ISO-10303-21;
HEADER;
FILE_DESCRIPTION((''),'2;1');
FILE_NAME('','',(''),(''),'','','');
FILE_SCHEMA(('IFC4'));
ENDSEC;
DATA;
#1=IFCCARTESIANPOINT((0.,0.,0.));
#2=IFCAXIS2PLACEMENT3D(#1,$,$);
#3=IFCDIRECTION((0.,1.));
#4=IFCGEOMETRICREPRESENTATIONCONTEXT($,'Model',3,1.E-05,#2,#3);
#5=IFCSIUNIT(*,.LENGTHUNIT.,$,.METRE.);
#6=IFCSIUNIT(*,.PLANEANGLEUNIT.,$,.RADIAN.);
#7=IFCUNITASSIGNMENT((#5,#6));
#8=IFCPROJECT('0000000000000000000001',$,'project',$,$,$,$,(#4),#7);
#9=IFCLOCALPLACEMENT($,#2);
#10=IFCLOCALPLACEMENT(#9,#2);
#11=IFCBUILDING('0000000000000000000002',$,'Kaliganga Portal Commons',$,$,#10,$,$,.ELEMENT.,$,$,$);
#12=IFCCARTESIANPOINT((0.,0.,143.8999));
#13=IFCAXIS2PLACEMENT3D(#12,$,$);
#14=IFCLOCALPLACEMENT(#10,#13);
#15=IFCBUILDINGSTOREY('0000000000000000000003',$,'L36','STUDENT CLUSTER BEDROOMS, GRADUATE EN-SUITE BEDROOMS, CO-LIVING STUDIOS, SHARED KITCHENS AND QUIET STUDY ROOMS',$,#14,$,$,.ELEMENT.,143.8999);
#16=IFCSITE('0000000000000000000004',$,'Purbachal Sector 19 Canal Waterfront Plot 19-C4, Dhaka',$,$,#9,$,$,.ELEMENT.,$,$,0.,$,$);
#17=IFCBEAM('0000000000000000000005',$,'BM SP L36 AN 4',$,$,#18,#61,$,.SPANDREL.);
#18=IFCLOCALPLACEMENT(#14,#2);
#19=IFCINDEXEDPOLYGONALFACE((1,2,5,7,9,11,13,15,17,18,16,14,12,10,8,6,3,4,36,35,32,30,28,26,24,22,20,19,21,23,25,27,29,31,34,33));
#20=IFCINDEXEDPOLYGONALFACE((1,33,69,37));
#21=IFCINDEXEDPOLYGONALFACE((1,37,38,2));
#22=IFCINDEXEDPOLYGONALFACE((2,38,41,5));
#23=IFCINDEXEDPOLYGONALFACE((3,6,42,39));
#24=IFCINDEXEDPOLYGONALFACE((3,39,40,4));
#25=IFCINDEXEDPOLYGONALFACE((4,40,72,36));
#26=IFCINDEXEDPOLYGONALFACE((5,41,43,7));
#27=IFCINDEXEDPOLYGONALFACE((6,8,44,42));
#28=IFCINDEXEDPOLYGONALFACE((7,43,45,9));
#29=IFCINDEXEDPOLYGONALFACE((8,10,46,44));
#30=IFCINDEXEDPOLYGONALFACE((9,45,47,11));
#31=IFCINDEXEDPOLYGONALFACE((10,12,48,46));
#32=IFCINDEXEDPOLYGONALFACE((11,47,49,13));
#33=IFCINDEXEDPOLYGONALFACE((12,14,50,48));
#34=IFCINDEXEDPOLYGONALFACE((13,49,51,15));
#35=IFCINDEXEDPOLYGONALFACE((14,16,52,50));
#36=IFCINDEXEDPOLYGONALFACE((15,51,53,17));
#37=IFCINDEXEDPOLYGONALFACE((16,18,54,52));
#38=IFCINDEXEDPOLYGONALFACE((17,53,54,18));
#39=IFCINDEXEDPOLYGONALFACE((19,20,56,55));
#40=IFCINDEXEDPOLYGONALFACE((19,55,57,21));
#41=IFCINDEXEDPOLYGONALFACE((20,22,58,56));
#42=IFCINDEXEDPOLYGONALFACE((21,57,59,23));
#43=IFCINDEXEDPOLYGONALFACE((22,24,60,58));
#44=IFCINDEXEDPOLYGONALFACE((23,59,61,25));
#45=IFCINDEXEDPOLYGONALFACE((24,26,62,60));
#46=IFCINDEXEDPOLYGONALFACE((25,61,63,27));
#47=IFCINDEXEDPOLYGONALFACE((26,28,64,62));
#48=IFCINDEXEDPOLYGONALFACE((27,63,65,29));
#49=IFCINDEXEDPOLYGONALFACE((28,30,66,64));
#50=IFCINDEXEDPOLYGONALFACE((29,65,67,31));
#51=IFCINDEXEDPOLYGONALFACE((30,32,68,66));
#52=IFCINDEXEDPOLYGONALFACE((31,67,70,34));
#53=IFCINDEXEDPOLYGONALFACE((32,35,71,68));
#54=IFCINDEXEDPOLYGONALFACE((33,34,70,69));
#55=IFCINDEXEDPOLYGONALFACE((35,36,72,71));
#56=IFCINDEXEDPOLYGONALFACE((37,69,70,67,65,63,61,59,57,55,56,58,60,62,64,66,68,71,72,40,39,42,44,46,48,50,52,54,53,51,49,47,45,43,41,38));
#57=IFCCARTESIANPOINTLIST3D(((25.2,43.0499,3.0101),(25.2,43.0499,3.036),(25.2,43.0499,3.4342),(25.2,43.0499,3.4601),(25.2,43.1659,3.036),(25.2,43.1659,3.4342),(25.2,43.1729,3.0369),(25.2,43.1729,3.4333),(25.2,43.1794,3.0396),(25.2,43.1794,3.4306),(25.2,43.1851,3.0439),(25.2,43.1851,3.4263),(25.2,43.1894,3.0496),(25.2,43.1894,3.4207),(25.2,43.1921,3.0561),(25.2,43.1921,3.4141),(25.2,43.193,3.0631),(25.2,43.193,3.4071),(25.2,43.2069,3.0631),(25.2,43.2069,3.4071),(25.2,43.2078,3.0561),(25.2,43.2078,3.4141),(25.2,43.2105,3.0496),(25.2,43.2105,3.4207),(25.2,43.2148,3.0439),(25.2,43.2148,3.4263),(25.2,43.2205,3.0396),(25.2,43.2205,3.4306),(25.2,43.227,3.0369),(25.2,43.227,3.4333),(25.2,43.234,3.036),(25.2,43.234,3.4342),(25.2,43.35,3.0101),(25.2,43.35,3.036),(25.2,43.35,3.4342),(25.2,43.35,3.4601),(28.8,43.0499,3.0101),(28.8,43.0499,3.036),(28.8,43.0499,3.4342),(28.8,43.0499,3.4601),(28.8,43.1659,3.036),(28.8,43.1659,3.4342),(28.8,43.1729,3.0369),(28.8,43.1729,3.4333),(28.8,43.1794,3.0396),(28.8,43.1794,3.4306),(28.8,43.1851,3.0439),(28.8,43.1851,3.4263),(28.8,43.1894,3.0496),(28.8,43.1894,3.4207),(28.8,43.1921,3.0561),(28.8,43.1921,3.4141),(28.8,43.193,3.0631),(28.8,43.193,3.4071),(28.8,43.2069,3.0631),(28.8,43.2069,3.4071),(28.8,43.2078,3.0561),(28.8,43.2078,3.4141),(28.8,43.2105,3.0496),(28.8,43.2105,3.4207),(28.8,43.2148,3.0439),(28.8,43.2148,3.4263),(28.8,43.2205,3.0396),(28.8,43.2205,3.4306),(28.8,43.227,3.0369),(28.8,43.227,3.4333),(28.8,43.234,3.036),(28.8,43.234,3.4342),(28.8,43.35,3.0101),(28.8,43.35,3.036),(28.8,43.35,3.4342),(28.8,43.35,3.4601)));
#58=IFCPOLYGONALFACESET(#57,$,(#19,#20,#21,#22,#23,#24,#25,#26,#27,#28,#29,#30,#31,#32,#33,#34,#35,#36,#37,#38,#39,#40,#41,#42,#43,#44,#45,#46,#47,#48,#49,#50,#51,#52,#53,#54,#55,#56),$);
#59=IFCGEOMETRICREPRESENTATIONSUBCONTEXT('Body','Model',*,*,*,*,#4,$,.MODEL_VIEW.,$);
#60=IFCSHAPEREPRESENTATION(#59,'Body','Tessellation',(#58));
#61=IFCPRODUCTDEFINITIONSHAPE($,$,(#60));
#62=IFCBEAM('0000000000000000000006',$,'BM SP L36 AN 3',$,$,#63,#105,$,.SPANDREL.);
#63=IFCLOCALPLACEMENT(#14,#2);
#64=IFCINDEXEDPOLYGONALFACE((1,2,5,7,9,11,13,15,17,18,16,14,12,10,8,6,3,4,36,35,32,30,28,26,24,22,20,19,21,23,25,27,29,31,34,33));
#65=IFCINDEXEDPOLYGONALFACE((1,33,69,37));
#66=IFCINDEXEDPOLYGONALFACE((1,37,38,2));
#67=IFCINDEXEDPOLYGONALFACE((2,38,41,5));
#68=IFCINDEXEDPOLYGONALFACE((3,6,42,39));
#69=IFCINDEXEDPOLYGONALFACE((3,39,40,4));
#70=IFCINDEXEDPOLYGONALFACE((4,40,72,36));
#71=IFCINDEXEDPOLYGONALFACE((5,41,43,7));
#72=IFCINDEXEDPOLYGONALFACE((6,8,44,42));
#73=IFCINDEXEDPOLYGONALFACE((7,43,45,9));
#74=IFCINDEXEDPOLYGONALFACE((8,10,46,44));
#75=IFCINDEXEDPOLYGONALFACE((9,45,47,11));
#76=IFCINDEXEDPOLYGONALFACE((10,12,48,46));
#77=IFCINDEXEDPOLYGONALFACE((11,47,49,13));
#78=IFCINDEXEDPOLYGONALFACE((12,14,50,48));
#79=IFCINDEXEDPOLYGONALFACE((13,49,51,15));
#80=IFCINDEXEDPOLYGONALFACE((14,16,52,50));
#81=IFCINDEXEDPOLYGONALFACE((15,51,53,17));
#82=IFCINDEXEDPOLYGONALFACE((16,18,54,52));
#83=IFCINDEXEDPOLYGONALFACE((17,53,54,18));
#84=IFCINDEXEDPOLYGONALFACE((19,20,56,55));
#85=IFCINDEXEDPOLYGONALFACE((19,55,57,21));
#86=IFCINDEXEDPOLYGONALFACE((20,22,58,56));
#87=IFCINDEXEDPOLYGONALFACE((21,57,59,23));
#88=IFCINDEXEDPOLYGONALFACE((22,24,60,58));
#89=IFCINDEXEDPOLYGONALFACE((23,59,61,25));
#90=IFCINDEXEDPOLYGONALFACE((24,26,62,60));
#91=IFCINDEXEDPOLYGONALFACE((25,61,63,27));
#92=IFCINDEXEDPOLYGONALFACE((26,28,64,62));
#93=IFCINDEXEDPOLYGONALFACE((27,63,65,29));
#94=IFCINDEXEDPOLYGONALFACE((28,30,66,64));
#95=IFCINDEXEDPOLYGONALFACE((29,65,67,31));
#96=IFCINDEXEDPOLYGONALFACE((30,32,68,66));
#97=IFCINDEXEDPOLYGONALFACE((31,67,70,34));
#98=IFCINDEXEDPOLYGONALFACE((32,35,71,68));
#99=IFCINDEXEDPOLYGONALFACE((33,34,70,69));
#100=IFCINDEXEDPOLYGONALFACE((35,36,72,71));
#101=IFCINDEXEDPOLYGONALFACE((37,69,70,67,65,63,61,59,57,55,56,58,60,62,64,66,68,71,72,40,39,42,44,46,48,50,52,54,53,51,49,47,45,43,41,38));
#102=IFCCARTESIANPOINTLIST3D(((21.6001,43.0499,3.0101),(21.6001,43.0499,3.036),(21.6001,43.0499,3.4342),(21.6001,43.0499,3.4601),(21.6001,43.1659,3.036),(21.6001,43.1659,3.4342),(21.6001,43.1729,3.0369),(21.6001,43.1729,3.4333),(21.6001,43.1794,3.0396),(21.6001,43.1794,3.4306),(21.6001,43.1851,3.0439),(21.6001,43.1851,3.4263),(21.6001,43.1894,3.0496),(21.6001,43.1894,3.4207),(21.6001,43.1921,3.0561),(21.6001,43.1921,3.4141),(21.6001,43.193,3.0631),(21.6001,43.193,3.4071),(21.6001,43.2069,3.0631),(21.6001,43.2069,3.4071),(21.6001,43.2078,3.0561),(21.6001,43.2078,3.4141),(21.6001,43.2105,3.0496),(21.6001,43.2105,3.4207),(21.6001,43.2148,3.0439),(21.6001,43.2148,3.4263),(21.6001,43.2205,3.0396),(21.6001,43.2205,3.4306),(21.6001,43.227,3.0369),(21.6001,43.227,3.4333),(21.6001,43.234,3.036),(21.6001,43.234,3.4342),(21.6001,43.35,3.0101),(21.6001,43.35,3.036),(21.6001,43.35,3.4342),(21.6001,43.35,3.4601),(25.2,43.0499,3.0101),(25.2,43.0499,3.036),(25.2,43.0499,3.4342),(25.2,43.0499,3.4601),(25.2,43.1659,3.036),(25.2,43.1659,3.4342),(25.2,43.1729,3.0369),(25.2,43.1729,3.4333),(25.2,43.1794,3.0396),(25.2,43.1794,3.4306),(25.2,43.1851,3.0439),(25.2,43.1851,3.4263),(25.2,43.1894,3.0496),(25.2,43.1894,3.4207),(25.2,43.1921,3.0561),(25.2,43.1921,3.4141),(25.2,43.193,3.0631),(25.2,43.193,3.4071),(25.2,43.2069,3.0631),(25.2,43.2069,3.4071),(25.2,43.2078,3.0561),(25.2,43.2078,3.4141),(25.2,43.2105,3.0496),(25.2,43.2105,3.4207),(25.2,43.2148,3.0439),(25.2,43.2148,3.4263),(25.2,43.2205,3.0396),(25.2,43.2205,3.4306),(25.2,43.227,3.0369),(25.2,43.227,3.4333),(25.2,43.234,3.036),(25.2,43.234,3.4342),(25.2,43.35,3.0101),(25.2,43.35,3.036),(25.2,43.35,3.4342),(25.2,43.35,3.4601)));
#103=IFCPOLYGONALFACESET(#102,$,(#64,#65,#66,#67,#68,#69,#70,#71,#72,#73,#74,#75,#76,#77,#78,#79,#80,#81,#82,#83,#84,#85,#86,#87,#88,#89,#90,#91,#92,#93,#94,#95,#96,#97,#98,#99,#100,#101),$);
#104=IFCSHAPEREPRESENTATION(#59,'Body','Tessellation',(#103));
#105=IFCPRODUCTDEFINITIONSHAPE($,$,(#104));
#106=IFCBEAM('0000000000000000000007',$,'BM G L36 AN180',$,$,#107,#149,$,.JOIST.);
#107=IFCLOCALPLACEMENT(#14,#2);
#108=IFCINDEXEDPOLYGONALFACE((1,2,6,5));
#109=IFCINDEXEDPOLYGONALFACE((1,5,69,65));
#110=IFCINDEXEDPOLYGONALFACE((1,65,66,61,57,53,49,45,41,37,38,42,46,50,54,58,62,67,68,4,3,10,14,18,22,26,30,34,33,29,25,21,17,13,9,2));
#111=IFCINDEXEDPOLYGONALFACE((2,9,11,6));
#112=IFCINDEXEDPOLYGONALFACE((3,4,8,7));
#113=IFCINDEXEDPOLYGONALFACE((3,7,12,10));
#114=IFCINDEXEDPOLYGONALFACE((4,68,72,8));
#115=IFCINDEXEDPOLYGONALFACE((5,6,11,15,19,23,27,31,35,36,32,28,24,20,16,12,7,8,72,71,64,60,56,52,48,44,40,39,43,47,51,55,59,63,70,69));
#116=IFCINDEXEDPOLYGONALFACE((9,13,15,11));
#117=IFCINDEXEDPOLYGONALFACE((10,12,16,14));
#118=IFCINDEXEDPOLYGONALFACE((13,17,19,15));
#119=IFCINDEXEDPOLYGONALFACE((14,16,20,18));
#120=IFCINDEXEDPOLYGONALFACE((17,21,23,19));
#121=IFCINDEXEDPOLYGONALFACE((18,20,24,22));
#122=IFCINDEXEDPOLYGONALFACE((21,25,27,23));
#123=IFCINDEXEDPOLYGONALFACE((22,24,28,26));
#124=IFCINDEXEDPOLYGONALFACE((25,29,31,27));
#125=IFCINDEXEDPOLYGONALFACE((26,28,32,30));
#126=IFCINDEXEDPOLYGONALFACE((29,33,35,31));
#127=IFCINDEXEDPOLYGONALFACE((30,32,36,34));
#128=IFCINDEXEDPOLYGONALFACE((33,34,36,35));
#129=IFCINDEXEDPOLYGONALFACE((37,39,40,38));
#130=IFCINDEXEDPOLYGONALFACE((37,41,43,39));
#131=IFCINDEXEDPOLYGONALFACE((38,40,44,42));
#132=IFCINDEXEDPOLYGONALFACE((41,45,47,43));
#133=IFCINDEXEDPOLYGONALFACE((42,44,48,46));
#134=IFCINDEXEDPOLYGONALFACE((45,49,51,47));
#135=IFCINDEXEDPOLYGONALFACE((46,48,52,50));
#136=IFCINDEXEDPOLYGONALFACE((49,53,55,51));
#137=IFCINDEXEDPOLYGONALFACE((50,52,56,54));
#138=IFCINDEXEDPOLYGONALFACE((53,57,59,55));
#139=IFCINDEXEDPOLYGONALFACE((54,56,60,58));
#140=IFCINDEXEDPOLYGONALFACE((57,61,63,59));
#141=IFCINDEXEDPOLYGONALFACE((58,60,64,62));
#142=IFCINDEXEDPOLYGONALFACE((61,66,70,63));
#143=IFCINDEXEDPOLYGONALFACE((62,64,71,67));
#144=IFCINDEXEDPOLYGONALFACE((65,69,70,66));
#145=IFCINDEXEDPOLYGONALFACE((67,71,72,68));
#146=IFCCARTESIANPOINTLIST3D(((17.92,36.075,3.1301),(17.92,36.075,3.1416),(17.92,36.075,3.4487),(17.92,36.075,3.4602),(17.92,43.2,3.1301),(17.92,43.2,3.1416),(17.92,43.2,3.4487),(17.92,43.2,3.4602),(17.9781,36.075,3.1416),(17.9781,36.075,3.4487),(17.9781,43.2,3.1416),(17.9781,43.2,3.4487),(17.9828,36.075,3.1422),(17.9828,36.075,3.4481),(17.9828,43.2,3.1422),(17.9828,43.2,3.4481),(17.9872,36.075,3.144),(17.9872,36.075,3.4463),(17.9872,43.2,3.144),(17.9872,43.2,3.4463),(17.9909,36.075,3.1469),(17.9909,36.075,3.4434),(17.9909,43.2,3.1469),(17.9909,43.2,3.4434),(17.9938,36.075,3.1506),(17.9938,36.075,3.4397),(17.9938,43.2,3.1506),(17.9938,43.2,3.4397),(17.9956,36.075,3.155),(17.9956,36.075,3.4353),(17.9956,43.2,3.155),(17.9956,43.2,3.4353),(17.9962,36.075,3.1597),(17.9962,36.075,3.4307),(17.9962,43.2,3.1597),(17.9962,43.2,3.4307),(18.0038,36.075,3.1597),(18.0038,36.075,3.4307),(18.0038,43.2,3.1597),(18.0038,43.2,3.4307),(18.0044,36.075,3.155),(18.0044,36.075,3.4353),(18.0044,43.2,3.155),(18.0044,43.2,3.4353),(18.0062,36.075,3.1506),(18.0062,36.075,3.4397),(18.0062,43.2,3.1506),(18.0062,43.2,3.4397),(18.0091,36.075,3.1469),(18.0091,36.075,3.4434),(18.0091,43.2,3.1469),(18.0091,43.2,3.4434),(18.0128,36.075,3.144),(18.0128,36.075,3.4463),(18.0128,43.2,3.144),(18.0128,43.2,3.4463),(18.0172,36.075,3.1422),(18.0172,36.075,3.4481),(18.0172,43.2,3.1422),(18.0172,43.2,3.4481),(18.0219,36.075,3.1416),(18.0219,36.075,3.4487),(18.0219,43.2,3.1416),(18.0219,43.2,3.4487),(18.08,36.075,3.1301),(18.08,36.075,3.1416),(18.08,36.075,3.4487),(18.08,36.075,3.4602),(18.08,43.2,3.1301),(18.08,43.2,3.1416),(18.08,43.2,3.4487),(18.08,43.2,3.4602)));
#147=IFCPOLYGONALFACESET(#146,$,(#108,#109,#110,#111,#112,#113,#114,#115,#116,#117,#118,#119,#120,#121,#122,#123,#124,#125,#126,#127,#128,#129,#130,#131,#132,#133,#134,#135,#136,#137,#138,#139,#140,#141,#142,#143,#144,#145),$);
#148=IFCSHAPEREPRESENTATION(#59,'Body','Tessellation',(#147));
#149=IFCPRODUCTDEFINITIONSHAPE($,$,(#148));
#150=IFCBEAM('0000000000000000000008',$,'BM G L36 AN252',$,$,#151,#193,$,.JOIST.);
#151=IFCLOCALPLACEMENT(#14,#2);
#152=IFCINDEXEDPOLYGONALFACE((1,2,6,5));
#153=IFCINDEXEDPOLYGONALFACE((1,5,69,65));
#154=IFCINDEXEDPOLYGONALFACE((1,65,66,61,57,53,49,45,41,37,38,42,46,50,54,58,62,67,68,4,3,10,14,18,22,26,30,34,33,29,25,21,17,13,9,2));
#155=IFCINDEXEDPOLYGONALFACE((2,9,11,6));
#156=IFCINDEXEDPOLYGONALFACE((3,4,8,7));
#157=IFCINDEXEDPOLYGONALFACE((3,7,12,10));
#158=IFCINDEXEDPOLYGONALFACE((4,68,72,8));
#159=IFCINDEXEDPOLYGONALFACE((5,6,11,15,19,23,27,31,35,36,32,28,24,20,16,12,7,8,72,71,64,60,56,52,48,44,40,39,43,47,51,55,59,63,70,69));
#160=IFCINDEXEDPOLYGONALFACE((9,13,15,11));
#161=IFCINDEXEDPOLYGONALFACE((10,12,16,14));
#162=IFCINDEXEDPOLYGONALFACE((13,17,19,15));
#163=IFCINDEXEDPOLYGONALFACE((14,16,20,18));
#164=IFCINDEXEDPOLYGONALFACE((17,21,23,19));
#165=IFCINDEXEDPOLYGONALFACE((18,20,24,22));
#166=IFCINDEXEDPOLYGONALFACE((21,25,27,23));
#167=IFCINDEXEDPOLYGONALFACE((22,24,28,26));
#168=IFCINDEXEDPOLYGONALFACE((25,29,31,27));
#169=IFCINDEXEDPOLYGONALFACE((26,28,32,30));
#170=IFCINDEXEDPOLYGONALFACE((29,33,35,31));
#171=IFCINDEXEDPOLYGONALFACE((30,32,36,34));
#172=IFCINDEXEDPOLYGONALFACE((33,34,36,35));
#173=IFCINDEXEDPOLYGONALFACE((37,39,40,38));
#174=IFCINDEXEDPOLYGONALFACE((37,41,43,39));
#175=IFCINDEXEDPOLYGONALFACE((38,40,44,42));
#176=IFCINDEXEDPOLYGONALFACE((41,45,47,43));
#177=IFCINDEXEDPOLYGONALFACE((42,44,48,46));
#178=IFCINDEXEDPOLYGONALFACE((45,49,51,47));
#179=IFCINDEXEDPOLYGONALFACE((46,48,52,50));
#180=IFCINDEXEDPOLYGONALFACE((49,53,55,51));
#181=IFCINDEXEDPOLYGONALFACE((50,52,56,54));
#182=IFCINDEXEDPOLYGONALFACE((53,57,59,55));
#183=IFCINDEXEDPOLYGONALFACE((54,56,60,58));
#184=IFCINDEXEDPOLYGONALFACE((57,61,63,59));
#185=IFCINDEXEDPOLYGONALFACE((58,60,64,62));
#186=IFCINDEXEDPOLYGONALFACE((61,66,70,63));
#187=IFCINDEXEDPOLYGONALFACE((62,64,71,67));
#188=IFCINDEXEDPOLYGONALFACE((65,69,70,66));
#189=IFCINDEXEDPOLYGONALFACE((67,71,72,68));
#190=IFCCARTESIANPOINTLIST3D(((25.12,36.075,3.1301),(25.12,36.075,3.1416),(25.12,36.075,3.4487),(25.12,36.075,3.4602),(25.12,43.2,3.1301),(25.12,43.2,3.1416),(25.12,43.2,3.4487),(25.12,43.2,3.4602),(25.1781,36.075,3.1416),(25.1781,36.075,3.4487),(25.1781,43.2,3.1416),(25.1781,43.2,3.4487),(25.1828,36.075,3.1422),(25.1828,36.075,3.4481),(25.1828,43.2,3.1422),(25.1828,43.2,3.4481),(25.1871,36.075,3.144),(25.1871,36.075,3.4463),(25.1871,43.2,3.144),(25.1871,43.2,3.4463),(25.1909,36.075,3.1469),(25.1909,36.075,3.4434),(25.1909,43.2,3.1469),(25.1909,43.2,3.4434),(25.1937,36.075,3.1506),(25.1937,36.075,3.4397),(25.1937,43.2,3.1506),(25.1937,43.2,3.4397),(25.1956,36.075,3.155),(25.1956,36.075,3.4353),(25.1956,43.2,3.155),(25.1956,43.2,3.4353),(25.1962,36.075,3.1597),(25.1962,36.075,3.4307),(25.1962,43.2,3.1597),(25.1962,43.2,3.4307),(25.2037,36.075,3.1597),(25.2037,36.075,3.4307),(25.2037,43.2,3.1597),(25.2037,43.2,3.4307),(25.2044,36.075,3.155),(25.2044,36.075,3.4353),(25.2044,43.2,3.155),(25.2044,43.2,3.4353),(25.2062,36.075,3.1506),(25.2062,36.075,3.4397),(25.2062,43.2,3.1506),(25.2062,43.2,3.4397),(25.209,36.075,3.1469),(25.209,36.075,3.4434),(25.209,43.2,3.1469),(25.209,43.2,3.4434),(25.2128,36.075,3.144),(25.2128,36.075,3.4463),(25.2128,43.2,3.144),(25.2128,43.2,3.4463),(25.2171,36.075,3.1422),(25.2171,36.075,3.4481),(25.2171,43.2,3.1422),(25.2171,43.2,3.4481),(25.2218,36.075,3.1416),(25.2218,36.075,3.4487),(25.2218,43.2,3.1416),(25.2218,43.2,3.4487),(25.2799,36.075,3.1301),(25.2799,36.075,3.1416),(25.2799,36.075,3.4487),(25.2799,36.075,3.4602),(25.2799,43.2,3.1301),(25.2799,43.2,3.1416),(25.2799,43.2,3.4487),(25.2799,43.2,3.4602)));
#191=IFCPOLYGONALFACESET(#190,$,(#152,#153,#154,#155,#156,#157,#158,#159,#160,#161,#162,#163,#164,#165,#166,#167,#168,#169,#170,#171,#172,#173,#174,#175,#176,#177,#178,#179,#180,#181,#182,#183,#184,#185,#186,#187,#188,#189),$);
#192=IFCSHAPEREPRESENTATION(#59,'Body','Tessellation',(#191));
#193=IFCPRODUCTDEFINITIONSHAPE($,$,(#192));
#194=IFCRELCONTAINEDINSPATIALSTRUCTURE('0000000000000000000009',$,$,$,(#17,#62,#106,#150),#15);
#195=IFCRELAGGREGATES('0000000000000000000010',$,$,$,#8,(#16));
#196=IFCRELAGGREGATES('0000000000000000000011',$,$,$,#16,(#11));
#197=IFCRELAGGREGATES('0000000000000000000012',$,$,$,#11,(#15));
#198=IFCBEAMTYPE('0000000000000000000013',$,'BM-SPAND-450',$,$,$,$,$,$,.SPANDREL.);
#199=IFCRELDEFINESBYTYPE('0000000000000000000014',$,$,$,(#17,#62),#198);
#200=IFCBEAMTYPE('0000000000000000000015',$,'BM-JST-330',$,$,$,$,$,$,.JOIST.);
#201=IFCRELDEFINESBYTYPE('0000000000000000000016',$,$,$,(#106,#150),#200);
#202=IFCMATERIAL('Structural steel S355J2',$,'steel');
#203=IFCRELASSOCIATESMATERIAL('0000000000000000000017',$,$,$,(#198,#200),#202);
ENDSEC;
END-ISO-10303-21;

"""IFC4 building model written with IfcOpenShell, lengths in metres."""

from ifc_helpers import new_model, si_unit, direction, frame, origin, origin_2d, place, context, subcontext, project, spatial, i_section, extrude, source, transform, mapped, material, material_profile, profile_set, type_object, element, save


model = new_model("IFC4")

# Units and contexts
model_context = context("Model", 3, precision=1e-05, world=origin(), true_north=direction((0.0, 1.0)))
body_context = subcontext(model_context, "Body", "Model", "MODEL_VIEW")
ifc_project = project(units=[si_unit("LENGTHUNIT", "METRE"), si_unit("PLANEANGLEUNIT", "RADIAN")], contexts=[model_context])

# Site, building, storey
site_placement = place(None, origin())
site = spatial("IfcSite", under=ifc_project, at=site_placement, Name="Purbachal Sector 19 Canal Waterfront Plot 19-C4, Dhaka", CompositionType="ELEMENT", RefElevation=0.0)
building_placement = place(site_placement, origin())
building = spatial("IfcBuilding", under=site, at=building_placement, Name="Kaliganga Portal Commons", CompositionType="ELEMENT")
storey_placement = place(building_placement, frame((0.0, 0.0, 143.8999)))
storey = spatial("IfcBuildingStorey", under=building, at=storey_placement, Name="L36", Description="STUDENT CLUSTER BEDROOMS, GRADUATE EN-SUITE BEDROOMS, CO-LIVING STUDIOS, SHARED KITCHENS AND QUIET STUDY ROOMS", CompositionType="ELEMENT", Elevation=143.8999)

# Beams
ifc_material_1 = material(Name="Structural steel S355J2", Category="steel")
ifc_material_profile_1 = material_profile(ifc_material_1, i_section(OverallWidth=0.3, OverallDepth=0.45, WebThickness=0.0139, FlangeThickness=0.0259, FilletRadius=0.0271, at=origin_2d()), Name="HE 450 B")
ifc_profile_set_1 = profile_set([ifc_material_profile_1], Name="Structural steel S355J2 wide-flange")
beam_type_1 = type_object("IfcBeamType", Name="BM-SPAND-450", PredefinedType="SPANDREL", material=ifc_profile_set_1)
shared_shape_1 = source(origin(), body_context, "Body", "SweptSolid", [
    extrude(i_section(OverallWidth=0.3, OverallDepth=0.45, WebThickness=0.0139, FlangeThickness=0.0259, FilletRadius=0.0271, at=origin_2d()), origin(), (0.0, 0.0, 1.0), 3.6001),
])
for number, where, z_axis, x_axis, name in (
    (1, (25.2, 43.2, 3.2351), (1.0, 0.0, 0.0), (0.0, 1.0, 0.0), "BM SP L36 AN 4"),
):
    element("IfcBeam", number, at=place(storey_placement, frame(where, z_axis=z_axis, x_axis=x_axis)), inside=storey, type_object=beam_type_1, Name=name, PredefinedType="SPANDREL", context=body_context, shape_type="MappedRepresentation", body=[
        mapped(shared_shape_1, transform((0.0, 0.0, 0.0), x_axis=(1.0, 0.0, 0.0), y_axis=(0.0, 1.0, 0.0), z_axis=(0.0, 0.0, 1.0), scale=1.0)),
    ])
shared_shape_2 = source(origin(), body_context, "Body", "SweptSolid", [
    extrude(i_section(OverallWidth=0.3, OverallDepth=0.45, WebThickness=0.0139, FlangeThickness=0.0259, FilletRadius=0.0271, at=origin_2d()), origin(), (0.0, 0.0, 1.0), 3.5999),
])
beam_1_placement = place(storey_placement, frame((21.6001, 43.2, 3.2351), z_axis=(1.0, 0.0, 0.0), x_axis=(0.0, 1.0, 0.0)))
element("IfcBeam", 2, at=beam_1_placement, inside=storey, type_object=beam_type_1, Name="BM SP L36 AN 3", PredefinedType="SPANDREL", context=body_context, shape_type="MappedRepresentation", body=[
    mapped(shared_shape_2, transform((0.0, 0.0, 0.0), x_axis=(1.0, 0.0, 0.0), y_axis=(0.0, 1.0, 0.0), z_axis=(0.0, 0.0, 1.0), scale=1.0)),
])
ifc_material_profile_2 = material_profile(ifc_material_1, i_section(OverallWidth=0.1599, OverallDepth=0.3301, WebThickness=0.0076, FlangeThickness=0.0115, FilletRadius=0.0181, at=origin_2d()), Name="IPE 330")
ifc_profile_set_2 = profile_set([ifc_material_profile_2], Name="Structural steel S355J2 wide-flange")
beam_type_2 = type_object("IfcBeamType", Name="BM-JST-330", PredefinedType="JOIST", material=ifc_profile_set_2)
shared_shape_3 = source(origin(), body_context, "Body", "SweptSolid", [
    extrude(i_section(OverallWidth=0.1599, OverallDepth=0.3301, WebThickness=0.0076, FlangeThickness=0.0115, FilletRadius=0.0181, at=origin_2d()), origin(), (0.0, 0.0, 1.0), 7.125),
])
for number, where, z_axis, x_axis, name in (
    (3, (18.0, 36.075, 3.2952), (0.0, 1.0, 0.0), (-1.0, 0.0, 0.0), "BM G L36 AN180"),
    (4, (25.2, 36.075, 3.2952), (0.0, 1.0, 0.0), (-1.0, 0.0, 0.0), "BM G L36 AN252"),
):
    element("IfcBeam", number, at=place(storey_placement, frame(where, z_axis=z_axis, x_axis=x_axis)), inside=storey, type_object=beam_type_2, Name=name, PredefinedType="JOIST", context=body_context, shape_type="MappedRepresentation", body=[
        mapped(shared_shape_3, transform((0.0, 0.0, 0.0), x_axis=(1.0, 0.0, 0.0), y_axis=(0.0, 1.0, 0.0), z_axis=(0.0, 0.0, 1.0), scale=1.0)),
    ])

save(model, "model.ifc")
